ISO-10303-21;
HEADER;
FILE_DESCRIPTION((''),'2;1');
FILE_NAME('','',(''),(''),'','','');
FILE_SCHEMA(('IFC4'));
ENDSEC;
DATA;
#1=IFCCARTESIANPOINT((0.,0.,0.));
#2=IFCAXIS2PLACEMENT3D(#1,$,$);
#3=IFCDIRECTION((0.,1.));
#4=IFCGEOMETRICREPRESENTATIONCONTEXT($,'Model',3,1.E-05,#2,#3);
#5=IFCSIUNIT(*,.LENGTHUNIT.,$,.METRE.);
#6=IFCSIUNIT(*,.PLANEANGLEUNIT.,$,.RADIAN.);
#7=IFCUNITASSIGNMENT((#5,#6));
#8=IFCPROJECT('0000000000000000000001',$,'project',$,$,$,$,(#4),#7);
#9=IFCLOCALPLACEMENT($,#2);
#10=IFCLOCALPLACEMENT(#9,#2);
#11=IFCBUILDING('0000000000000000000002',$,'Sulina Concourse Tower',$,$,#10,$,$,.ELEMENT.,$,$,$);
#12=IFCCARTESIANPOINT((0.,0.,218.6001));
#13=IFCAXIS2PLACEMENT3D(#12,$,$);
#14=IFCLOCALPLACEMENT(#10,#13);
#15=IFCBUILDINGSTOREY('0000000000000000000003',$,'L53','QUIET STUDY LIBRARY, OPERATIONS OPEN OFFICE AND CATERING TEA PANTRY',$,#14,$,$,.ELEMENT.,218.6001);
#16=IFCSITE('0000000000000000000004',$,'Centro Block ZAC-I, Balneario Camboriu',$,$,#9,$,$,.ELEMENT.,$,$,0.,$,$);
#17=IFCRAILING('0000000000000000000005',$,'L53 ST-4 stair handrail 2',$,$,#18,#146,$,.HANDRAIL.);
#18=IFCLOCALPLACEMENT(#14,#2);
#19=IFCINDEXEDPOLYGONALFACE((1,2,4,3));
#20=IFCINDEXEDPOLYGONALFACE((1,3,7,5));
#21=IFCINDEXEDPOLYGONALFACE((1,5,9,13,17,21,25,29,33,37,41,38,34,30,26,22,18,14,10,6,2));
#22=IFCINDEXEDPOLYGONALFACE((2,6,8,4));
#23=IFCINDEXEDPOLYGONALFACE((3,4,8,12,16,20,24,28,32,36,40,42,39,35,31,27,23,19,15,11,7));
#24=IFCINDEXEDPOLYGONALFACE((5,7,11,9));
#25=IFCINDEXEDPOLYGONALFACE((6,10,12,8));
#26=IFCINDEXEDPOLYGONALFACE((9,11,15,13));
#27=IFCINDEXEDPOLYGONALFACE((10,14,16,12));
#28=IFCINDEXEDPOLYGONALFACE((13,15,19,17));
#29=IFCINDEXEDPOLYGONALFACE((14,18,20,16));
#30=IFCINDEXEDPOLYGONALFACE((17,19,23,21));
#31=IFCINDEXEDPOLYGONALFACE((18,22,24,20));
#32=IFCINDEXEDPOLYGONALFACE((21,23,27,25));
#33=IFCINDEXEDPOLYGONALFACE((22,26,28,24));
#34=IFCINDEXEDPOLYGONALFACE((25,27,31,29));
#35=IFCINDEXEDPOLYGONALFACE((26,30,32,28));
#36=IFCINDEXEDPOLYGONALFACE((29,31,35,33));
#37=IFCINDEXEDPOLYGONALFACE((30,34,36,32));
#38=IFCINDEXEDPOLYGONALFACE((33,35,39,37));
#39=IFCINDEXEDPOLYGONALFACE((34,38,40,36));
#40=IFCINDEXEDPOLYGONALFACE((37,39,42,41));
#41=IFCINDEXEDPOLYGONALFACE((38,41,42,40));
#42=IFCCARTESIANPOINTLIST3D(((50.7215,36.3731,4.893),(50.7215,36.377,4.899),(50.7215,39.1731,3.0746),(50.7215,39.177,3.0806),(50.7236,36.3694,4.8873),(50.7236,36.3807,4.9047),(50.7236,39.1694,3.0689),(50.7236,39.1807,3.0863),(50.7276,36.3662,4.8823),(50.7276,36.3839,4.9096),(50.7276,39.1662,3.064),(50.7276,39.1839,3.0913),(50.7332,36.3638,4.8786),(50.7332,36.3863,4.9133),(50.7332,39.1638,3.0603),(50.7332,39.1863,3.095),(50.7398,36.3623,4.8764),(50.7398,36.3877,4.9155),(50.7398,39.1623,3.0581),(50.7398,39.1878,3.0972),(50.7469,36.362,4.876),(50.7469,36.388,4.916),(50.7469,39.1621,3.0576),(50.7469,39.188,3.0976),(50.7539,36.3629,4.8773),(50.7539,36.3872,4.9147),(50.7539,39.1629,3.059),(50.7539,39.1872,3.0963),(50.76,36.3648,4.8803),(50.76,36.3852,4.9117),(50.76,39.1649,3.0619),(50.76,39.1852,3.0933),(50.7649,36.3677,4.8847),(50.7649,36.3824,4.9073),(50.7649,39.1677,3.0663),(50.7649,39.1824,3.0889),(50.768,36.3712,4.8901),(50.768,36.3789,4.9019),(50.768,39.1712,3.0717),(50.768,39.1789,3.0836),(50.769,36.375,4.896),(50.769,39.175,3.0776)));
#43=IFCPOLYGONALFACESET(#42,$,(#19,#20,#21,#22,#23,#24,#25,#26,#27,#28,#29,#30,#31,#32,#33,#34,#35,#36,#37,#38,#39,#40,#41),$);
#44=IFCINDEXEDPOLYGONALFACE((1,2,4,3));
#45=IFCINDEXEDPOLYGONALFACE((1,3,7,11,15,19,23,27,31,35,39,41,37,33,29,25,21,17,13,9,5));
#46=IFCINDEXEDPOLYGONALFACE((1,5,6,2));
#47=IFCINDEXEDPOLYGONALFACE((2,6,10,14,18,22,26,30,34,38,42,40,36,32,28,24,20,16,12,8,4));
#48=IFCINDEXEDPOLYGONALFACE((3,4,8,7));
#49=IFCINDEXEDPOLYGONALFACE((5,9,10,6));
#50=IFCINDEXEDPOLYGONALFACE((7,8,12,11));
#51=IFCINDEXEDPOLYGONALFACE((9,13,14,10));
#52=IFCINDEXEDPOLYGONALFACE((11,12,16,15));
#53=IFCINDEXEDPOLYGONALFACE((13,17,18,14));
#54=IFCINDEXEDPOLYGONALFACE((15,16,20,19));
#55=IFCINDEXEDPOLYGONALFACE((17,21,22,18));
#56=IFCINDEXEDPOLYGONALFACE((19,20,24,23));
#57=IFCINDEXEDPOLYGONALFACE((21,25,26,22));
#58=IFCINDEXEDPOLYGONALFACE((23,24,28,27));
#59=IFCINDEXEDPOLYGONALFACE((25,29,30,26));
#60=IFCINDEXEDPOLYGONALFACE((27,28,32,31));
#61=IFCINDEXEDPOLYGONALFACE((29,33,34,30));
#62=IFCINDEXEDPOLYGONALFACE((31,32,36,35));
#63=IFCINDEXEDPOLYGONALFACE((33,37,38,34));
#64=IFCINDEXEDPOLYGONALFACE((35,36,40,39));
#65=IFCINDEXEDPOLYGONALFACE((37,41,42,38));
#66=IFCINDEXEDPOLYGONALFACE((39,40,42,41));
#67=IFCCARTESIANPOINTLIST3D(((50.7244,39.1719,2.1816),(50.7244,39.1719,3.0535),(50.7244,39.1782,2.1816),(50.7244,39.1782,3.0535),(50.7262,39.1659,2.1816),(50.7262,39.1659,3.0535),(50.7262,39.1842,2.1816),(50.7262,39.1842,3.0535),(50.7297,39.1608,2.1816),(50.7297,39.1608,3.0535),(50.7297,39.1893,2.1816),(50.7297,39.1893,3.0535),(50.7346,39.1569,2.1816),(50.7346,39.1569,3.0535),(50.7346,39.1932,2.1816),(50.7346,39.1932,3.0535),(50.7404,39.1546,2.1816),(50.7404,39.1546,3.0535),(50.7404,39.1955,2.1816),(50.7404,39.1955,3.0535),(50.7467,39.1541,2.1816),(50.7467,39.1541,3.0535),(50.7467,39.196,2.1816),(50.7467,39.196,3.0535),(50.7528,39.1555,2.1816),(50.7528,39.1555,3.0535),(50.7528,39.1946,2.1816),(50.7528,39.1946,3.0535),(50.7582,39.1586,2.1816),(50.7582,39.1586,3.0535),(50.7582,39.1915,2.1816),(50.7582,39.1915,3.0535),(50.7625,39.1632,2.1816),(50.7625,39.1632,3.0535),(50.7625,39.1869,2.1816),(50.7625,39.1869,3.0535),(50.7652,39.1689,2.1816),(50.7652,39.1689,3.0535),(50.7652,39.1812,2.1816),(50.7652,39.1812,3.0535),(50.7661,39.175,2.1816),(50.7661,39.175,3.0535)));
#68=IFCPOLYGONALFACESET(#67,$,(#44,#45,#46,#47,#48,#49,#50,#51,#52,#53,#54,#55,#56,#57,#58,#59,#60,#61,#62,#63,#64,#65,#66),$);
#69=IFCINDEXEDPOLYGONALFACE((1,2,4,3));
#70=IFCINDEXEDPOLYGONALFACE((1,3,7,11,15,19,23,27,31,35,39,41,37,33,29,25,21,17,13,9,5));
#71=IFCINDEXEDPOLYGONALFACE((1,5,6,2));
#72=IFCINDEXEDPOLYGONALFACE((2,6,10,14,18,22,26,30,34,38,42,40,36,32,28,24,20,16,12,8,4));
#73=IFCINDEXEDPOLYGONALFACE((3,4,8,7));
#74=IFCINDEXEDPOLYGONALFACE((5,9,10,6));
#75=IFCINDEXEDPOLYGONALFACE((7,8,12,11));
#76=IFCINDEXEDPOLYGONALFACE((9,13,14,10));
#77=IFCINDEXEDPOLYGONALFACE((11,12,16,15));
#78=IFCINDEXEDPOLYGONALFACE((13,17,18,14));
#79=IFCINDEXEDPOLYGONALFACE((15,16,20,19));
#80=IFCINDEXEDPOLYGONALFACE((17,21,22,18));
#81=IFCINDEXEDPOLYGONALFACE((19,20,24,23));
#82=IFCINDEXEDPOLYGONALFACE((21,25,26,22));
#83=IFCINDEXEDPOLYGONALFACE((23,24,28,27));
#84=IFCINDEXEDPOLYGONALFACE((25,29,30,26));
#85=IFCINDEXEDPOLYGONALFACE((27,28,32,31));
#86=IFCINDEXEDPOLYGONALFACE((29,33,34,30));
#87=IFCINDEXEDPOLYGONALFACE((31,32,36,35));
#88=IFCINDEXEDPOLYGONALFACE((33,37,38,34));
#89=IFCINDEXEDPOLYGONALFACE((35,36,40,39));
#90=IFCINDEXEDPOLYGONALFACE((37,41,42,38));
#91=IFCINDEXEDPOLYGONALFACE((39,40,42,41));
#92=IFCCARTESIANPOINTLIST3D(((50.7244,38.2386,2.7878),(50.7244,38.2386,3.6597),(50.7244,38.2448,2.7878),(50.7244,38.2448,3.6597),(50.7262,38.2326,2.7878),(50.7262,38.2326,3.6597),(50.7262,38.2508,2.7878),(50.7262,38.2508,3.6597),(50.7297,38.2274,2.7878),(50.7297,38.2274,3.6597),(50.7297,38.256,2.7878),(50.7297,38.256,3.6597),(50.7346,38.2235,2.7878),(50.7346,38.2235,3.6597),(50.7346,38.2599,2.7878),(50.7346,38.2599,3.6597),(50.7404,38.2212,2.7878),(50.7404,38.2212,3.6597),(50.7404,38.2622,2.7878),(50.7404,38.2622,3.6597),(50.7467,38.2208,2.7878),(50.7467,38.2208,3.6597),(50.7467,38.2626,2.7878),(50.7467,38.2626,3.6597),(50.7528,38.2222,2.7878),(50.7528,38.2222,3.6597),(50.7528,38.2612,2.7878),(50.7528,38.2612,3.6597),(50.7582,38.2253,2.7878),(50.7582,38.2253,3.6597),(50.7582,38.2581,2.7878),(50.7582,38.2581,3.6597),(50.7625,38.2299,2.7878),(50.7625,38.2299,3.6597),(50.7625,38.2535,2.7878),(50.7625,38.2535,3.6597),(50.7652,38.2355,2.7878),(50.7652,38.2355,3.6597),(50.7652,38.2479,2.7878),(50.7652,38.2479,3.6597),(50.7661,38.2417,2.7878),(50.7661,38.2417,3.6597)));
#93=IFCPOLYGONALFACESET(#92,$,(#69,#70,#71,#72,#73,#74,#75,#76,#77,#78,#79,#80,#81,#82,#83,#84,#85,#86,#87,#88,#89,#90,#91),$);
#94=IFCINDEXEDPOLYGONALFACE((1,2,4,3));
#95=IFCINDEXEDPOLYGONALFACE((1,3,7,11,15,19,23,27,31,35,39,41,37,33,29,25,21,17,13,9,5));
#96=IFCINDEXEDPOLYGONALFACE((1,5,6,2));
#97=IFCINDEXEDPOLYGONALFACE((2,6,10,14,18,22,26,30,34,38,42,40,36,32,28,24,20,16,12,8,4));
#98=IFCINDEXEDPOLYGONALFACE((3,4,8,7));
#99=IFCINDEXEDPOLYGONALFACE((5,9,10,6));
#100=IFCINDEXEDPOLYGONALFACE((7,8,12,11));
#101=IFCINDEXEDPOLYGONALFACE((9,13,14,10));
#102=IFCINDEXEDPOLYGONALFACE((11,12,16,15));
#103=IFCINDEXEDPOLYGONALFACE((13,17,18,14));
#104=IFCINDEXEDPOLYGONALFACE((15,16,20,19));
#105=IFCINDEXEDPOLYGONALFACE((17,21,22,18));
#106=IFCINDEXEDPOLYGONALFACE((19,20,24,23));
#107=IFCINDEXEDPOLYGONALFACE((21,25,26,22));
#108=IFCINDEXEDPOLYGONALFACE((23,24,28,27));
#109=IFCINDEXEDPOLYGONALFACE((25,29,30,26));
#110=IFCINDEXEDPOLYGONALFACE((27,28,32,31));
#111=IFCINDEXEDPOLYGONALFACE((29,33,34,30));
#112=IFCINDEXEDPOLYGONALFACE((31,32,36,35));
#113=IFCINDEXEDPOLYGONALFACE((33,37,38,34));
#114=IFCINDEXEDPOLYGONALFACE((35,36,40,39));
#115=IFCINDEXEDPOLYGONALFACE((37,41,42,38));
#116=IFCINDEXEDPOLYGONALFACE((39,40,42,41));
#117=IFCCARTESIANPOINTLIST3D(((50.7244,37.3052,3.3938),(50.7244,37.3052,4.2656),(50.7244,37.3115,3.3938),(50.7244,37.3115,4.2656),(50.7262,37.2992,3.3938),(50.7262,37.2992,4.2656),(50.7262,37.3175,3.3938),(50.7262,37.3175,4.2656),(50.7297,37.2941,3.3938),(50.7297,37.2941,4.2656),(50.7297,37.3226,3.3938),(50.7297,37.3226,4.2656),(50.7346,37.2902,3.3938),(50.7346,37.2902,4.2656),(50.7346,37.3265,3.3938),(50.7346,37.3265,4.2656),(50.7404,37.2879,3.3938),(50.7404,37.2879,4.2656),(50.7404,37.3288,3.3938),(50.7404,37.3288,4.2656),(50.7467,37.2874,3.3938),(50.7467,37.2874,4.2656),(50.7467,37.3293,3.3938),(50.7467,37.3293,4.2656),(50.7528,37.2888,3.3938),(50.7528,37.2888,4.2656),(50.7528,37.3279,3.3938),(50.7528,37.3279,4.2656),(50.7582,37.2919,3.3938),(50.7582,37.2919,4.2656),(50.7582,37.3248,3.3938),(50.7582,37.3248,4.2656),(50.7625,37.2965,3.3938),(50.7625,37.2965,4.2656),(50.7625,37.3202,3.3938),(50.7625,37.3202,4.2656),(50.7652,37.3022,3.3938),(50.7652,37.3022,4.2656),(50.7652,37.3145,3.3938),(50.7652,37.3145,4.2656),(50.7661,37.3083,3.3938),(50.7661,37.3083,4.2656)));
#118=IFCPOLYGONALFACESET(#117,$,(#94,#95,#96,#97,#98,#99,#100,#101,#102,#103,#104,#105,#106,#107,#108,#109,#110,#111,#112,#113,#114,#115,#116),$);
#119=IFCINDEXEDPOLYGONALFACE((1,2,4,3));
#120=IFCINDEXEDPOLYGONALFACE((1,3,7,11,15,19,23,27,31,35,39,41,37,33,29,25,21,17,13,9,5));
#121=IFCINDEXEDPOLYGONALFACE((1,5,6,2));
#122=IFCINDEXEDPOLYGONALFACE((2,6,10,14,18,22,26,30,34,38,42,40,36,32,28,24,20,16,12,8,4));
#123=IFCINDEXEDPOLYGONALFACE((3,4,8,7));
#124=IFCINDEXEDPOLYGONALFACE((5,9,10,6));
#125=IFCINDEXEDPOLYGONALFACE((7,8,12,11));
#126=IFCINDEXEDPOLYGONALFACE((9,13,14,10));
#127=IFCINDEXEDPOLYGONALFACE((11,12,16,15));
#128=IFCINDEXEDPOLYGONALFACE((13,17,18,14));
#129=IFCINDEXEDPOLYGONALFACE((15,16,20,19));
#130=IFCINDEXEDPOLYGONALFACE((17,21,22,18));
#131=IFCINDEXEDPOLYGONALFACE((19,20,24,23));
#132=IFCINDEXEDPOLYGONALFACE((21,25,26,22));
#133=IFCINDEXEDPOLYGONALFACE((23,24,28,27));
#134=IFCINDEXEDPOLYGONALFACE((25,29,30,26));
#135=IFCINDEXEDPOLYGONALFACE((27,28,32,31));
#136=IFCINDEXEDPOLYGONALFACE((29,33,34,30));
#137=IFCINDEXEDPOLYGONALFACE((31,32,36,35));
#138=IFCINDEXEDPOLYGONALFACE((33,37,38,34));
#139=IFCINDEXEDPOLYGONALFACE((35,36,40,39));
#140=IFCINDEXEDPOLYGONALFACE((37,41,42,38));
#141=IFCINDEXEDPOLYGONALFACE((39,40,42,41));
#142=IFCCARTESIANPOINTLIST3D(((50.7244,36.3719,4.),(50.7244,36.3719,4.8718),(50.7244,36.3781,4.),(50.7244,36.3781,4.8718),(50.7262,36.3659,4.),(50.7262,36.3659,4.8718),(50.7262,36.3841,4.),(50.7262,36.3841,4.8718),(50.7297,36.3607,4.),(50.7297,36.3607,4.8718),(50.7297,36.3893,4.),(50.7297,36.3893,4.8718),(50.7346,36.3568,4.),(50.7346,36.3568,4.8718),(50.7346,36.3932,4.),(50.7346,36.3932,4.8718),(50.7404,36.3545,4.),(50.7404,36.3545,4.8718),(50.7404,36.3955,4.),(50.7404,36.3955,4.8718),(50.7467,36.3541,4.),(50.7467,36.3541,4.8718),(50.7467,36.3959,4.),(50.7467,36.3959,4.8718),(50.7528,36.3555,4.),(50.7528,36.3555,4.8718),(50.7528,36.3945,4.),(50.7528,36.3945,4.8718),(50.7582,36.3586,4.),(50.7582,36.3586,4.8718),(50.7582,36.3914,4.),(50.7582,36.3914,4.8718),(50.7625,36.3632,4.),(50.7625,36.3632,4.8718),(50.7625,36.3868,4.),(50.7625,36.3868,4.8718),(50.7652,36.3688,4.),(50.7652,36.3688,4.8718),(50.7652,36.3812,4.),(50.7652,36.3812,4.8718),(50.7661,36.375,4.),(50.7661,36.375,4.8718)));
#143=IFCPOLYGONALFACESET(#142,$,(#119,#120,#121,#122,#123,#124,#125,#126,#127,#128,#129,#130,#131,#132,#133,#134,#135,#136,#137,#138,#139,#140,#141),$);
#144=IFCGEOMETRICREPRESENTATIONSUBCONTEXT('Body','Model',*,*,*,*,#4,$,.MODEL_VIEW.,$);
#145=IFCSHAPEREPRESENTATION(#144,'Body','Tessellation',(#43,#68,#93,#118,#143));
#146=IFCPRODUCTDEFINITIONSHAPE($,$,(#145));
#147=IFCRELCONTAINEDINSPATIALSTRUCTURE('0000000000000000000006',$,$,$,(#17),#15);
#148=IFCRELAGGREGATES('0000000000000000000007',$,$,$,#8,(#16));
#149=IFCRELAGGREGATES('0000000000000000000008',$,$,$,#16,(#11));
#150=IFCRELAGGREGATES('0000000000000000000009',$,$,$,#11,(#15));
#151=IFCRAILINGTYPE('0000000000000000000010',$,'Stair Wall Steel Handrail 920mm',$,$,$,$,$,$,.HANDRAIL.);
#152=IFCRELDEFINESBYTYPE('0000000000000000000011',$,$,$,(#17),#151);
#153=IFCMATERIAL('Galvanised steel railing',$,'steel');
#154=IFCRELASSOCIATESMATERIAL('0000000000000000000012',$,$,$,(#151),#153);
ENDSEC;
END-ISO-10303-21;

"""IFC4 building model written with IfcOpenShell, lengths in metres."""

from ifc_helpers import new_model, si_unit, direction, frame, origin, origin_2d, place, context, subcontext, project, spatial, circle, extrude, material, type_object, element, save


model = new_model("IFC4")

# Units and contexts
model_context = context("Model", 3, precision=1e-05, world=origin(), true_north=direction((0.0, 1.0)))
body_context = subcontext(model_context, "Body", "Model", "MODEL_VIEW")
ifc_project = project(units=[si_unit("LENGTHUNIT", "METRE"), si_unit("PLANEANGLEUNIT", "RADIAN")], contexts=[model_context])

# Site, building, storey
site_placement = place(None, origin())
site = spatial("IfcSite", under=ifc_project, at=site_placement, Name="Centro Block ZAC-I, Balneario Camboriu", CompositionType="ELEMENT", RefElevation=0.0)
building_placement = place(site_placement, origin())
building = spatial("IfcBuilding", under=site, at=building_placement, Name="Sulina Concourse Tower", CompositionType="ELEMENT")
storey_placement = place(building_placement, frame((0.0, 0.0, 218.6001)))
storey = spatial("IfcBuildingStorey", under=building, at=storey_placement, Name="L53", Description="QUIET STUDY LIBRARY, OPERATIONS OPEN OFFICE AND CATERING TEA PANTRY", CompositionType="ELEMENT", Elevation=218.6001)

# Railing
ifc_material_1 = material(Name="Galvanised steel railing", Category="steel")
railing_type_1 = type_object("IfcRailingType", Name="Stair Wall Steel Handrail 920mm", PredefinedType="HANDRAIL", material=ifc_material_1)
railing_1_placement = place(storey_placement, frame((50.7451, 39.175, 2.1816)))
element("IfcRailing", 1, at=railing_1_placement, inside=storey, type_object=railing_type_1, Name="L53 ST-4 stair handrail 2", PredefinedType="HANDRAIL", context=body_context, shape_type="SweptSolid", body=[
    extrude(circle(Radius=0.0239, at=origin_2d()), frame((0.0, 0.0, 0.896), z_axis=(0.0, -0.838672, 0.544636), x_axis=(1.0, 0.0, 0.0)), (0.0, 0.0, 1.0), 3.3386),
    extrude(circle(Radius=0.021, at=origin_2d()), origin(), (0.0, 0.0, 1.0), 0.8718),
    extrude(circle(Radius=0.021, at=origin_2d()), frame((0.0, -0.9333, 0.6062)), (0.0, 0.0, 1.0), 0.8718),
    extrude(circle(Radius=0.021, at=origin_2d()), frame((0.0, -1.8667, 1.2122)), (0.0, 0.0, 1.0), 0.8718),
    extrude(circle(Radius=0.021, at=origin_2d()), frame((0.0, -2.8, 1.8184)), (0.0, 0.0, 1.0), 0.8718),
])

save(model, "model.ifc")
